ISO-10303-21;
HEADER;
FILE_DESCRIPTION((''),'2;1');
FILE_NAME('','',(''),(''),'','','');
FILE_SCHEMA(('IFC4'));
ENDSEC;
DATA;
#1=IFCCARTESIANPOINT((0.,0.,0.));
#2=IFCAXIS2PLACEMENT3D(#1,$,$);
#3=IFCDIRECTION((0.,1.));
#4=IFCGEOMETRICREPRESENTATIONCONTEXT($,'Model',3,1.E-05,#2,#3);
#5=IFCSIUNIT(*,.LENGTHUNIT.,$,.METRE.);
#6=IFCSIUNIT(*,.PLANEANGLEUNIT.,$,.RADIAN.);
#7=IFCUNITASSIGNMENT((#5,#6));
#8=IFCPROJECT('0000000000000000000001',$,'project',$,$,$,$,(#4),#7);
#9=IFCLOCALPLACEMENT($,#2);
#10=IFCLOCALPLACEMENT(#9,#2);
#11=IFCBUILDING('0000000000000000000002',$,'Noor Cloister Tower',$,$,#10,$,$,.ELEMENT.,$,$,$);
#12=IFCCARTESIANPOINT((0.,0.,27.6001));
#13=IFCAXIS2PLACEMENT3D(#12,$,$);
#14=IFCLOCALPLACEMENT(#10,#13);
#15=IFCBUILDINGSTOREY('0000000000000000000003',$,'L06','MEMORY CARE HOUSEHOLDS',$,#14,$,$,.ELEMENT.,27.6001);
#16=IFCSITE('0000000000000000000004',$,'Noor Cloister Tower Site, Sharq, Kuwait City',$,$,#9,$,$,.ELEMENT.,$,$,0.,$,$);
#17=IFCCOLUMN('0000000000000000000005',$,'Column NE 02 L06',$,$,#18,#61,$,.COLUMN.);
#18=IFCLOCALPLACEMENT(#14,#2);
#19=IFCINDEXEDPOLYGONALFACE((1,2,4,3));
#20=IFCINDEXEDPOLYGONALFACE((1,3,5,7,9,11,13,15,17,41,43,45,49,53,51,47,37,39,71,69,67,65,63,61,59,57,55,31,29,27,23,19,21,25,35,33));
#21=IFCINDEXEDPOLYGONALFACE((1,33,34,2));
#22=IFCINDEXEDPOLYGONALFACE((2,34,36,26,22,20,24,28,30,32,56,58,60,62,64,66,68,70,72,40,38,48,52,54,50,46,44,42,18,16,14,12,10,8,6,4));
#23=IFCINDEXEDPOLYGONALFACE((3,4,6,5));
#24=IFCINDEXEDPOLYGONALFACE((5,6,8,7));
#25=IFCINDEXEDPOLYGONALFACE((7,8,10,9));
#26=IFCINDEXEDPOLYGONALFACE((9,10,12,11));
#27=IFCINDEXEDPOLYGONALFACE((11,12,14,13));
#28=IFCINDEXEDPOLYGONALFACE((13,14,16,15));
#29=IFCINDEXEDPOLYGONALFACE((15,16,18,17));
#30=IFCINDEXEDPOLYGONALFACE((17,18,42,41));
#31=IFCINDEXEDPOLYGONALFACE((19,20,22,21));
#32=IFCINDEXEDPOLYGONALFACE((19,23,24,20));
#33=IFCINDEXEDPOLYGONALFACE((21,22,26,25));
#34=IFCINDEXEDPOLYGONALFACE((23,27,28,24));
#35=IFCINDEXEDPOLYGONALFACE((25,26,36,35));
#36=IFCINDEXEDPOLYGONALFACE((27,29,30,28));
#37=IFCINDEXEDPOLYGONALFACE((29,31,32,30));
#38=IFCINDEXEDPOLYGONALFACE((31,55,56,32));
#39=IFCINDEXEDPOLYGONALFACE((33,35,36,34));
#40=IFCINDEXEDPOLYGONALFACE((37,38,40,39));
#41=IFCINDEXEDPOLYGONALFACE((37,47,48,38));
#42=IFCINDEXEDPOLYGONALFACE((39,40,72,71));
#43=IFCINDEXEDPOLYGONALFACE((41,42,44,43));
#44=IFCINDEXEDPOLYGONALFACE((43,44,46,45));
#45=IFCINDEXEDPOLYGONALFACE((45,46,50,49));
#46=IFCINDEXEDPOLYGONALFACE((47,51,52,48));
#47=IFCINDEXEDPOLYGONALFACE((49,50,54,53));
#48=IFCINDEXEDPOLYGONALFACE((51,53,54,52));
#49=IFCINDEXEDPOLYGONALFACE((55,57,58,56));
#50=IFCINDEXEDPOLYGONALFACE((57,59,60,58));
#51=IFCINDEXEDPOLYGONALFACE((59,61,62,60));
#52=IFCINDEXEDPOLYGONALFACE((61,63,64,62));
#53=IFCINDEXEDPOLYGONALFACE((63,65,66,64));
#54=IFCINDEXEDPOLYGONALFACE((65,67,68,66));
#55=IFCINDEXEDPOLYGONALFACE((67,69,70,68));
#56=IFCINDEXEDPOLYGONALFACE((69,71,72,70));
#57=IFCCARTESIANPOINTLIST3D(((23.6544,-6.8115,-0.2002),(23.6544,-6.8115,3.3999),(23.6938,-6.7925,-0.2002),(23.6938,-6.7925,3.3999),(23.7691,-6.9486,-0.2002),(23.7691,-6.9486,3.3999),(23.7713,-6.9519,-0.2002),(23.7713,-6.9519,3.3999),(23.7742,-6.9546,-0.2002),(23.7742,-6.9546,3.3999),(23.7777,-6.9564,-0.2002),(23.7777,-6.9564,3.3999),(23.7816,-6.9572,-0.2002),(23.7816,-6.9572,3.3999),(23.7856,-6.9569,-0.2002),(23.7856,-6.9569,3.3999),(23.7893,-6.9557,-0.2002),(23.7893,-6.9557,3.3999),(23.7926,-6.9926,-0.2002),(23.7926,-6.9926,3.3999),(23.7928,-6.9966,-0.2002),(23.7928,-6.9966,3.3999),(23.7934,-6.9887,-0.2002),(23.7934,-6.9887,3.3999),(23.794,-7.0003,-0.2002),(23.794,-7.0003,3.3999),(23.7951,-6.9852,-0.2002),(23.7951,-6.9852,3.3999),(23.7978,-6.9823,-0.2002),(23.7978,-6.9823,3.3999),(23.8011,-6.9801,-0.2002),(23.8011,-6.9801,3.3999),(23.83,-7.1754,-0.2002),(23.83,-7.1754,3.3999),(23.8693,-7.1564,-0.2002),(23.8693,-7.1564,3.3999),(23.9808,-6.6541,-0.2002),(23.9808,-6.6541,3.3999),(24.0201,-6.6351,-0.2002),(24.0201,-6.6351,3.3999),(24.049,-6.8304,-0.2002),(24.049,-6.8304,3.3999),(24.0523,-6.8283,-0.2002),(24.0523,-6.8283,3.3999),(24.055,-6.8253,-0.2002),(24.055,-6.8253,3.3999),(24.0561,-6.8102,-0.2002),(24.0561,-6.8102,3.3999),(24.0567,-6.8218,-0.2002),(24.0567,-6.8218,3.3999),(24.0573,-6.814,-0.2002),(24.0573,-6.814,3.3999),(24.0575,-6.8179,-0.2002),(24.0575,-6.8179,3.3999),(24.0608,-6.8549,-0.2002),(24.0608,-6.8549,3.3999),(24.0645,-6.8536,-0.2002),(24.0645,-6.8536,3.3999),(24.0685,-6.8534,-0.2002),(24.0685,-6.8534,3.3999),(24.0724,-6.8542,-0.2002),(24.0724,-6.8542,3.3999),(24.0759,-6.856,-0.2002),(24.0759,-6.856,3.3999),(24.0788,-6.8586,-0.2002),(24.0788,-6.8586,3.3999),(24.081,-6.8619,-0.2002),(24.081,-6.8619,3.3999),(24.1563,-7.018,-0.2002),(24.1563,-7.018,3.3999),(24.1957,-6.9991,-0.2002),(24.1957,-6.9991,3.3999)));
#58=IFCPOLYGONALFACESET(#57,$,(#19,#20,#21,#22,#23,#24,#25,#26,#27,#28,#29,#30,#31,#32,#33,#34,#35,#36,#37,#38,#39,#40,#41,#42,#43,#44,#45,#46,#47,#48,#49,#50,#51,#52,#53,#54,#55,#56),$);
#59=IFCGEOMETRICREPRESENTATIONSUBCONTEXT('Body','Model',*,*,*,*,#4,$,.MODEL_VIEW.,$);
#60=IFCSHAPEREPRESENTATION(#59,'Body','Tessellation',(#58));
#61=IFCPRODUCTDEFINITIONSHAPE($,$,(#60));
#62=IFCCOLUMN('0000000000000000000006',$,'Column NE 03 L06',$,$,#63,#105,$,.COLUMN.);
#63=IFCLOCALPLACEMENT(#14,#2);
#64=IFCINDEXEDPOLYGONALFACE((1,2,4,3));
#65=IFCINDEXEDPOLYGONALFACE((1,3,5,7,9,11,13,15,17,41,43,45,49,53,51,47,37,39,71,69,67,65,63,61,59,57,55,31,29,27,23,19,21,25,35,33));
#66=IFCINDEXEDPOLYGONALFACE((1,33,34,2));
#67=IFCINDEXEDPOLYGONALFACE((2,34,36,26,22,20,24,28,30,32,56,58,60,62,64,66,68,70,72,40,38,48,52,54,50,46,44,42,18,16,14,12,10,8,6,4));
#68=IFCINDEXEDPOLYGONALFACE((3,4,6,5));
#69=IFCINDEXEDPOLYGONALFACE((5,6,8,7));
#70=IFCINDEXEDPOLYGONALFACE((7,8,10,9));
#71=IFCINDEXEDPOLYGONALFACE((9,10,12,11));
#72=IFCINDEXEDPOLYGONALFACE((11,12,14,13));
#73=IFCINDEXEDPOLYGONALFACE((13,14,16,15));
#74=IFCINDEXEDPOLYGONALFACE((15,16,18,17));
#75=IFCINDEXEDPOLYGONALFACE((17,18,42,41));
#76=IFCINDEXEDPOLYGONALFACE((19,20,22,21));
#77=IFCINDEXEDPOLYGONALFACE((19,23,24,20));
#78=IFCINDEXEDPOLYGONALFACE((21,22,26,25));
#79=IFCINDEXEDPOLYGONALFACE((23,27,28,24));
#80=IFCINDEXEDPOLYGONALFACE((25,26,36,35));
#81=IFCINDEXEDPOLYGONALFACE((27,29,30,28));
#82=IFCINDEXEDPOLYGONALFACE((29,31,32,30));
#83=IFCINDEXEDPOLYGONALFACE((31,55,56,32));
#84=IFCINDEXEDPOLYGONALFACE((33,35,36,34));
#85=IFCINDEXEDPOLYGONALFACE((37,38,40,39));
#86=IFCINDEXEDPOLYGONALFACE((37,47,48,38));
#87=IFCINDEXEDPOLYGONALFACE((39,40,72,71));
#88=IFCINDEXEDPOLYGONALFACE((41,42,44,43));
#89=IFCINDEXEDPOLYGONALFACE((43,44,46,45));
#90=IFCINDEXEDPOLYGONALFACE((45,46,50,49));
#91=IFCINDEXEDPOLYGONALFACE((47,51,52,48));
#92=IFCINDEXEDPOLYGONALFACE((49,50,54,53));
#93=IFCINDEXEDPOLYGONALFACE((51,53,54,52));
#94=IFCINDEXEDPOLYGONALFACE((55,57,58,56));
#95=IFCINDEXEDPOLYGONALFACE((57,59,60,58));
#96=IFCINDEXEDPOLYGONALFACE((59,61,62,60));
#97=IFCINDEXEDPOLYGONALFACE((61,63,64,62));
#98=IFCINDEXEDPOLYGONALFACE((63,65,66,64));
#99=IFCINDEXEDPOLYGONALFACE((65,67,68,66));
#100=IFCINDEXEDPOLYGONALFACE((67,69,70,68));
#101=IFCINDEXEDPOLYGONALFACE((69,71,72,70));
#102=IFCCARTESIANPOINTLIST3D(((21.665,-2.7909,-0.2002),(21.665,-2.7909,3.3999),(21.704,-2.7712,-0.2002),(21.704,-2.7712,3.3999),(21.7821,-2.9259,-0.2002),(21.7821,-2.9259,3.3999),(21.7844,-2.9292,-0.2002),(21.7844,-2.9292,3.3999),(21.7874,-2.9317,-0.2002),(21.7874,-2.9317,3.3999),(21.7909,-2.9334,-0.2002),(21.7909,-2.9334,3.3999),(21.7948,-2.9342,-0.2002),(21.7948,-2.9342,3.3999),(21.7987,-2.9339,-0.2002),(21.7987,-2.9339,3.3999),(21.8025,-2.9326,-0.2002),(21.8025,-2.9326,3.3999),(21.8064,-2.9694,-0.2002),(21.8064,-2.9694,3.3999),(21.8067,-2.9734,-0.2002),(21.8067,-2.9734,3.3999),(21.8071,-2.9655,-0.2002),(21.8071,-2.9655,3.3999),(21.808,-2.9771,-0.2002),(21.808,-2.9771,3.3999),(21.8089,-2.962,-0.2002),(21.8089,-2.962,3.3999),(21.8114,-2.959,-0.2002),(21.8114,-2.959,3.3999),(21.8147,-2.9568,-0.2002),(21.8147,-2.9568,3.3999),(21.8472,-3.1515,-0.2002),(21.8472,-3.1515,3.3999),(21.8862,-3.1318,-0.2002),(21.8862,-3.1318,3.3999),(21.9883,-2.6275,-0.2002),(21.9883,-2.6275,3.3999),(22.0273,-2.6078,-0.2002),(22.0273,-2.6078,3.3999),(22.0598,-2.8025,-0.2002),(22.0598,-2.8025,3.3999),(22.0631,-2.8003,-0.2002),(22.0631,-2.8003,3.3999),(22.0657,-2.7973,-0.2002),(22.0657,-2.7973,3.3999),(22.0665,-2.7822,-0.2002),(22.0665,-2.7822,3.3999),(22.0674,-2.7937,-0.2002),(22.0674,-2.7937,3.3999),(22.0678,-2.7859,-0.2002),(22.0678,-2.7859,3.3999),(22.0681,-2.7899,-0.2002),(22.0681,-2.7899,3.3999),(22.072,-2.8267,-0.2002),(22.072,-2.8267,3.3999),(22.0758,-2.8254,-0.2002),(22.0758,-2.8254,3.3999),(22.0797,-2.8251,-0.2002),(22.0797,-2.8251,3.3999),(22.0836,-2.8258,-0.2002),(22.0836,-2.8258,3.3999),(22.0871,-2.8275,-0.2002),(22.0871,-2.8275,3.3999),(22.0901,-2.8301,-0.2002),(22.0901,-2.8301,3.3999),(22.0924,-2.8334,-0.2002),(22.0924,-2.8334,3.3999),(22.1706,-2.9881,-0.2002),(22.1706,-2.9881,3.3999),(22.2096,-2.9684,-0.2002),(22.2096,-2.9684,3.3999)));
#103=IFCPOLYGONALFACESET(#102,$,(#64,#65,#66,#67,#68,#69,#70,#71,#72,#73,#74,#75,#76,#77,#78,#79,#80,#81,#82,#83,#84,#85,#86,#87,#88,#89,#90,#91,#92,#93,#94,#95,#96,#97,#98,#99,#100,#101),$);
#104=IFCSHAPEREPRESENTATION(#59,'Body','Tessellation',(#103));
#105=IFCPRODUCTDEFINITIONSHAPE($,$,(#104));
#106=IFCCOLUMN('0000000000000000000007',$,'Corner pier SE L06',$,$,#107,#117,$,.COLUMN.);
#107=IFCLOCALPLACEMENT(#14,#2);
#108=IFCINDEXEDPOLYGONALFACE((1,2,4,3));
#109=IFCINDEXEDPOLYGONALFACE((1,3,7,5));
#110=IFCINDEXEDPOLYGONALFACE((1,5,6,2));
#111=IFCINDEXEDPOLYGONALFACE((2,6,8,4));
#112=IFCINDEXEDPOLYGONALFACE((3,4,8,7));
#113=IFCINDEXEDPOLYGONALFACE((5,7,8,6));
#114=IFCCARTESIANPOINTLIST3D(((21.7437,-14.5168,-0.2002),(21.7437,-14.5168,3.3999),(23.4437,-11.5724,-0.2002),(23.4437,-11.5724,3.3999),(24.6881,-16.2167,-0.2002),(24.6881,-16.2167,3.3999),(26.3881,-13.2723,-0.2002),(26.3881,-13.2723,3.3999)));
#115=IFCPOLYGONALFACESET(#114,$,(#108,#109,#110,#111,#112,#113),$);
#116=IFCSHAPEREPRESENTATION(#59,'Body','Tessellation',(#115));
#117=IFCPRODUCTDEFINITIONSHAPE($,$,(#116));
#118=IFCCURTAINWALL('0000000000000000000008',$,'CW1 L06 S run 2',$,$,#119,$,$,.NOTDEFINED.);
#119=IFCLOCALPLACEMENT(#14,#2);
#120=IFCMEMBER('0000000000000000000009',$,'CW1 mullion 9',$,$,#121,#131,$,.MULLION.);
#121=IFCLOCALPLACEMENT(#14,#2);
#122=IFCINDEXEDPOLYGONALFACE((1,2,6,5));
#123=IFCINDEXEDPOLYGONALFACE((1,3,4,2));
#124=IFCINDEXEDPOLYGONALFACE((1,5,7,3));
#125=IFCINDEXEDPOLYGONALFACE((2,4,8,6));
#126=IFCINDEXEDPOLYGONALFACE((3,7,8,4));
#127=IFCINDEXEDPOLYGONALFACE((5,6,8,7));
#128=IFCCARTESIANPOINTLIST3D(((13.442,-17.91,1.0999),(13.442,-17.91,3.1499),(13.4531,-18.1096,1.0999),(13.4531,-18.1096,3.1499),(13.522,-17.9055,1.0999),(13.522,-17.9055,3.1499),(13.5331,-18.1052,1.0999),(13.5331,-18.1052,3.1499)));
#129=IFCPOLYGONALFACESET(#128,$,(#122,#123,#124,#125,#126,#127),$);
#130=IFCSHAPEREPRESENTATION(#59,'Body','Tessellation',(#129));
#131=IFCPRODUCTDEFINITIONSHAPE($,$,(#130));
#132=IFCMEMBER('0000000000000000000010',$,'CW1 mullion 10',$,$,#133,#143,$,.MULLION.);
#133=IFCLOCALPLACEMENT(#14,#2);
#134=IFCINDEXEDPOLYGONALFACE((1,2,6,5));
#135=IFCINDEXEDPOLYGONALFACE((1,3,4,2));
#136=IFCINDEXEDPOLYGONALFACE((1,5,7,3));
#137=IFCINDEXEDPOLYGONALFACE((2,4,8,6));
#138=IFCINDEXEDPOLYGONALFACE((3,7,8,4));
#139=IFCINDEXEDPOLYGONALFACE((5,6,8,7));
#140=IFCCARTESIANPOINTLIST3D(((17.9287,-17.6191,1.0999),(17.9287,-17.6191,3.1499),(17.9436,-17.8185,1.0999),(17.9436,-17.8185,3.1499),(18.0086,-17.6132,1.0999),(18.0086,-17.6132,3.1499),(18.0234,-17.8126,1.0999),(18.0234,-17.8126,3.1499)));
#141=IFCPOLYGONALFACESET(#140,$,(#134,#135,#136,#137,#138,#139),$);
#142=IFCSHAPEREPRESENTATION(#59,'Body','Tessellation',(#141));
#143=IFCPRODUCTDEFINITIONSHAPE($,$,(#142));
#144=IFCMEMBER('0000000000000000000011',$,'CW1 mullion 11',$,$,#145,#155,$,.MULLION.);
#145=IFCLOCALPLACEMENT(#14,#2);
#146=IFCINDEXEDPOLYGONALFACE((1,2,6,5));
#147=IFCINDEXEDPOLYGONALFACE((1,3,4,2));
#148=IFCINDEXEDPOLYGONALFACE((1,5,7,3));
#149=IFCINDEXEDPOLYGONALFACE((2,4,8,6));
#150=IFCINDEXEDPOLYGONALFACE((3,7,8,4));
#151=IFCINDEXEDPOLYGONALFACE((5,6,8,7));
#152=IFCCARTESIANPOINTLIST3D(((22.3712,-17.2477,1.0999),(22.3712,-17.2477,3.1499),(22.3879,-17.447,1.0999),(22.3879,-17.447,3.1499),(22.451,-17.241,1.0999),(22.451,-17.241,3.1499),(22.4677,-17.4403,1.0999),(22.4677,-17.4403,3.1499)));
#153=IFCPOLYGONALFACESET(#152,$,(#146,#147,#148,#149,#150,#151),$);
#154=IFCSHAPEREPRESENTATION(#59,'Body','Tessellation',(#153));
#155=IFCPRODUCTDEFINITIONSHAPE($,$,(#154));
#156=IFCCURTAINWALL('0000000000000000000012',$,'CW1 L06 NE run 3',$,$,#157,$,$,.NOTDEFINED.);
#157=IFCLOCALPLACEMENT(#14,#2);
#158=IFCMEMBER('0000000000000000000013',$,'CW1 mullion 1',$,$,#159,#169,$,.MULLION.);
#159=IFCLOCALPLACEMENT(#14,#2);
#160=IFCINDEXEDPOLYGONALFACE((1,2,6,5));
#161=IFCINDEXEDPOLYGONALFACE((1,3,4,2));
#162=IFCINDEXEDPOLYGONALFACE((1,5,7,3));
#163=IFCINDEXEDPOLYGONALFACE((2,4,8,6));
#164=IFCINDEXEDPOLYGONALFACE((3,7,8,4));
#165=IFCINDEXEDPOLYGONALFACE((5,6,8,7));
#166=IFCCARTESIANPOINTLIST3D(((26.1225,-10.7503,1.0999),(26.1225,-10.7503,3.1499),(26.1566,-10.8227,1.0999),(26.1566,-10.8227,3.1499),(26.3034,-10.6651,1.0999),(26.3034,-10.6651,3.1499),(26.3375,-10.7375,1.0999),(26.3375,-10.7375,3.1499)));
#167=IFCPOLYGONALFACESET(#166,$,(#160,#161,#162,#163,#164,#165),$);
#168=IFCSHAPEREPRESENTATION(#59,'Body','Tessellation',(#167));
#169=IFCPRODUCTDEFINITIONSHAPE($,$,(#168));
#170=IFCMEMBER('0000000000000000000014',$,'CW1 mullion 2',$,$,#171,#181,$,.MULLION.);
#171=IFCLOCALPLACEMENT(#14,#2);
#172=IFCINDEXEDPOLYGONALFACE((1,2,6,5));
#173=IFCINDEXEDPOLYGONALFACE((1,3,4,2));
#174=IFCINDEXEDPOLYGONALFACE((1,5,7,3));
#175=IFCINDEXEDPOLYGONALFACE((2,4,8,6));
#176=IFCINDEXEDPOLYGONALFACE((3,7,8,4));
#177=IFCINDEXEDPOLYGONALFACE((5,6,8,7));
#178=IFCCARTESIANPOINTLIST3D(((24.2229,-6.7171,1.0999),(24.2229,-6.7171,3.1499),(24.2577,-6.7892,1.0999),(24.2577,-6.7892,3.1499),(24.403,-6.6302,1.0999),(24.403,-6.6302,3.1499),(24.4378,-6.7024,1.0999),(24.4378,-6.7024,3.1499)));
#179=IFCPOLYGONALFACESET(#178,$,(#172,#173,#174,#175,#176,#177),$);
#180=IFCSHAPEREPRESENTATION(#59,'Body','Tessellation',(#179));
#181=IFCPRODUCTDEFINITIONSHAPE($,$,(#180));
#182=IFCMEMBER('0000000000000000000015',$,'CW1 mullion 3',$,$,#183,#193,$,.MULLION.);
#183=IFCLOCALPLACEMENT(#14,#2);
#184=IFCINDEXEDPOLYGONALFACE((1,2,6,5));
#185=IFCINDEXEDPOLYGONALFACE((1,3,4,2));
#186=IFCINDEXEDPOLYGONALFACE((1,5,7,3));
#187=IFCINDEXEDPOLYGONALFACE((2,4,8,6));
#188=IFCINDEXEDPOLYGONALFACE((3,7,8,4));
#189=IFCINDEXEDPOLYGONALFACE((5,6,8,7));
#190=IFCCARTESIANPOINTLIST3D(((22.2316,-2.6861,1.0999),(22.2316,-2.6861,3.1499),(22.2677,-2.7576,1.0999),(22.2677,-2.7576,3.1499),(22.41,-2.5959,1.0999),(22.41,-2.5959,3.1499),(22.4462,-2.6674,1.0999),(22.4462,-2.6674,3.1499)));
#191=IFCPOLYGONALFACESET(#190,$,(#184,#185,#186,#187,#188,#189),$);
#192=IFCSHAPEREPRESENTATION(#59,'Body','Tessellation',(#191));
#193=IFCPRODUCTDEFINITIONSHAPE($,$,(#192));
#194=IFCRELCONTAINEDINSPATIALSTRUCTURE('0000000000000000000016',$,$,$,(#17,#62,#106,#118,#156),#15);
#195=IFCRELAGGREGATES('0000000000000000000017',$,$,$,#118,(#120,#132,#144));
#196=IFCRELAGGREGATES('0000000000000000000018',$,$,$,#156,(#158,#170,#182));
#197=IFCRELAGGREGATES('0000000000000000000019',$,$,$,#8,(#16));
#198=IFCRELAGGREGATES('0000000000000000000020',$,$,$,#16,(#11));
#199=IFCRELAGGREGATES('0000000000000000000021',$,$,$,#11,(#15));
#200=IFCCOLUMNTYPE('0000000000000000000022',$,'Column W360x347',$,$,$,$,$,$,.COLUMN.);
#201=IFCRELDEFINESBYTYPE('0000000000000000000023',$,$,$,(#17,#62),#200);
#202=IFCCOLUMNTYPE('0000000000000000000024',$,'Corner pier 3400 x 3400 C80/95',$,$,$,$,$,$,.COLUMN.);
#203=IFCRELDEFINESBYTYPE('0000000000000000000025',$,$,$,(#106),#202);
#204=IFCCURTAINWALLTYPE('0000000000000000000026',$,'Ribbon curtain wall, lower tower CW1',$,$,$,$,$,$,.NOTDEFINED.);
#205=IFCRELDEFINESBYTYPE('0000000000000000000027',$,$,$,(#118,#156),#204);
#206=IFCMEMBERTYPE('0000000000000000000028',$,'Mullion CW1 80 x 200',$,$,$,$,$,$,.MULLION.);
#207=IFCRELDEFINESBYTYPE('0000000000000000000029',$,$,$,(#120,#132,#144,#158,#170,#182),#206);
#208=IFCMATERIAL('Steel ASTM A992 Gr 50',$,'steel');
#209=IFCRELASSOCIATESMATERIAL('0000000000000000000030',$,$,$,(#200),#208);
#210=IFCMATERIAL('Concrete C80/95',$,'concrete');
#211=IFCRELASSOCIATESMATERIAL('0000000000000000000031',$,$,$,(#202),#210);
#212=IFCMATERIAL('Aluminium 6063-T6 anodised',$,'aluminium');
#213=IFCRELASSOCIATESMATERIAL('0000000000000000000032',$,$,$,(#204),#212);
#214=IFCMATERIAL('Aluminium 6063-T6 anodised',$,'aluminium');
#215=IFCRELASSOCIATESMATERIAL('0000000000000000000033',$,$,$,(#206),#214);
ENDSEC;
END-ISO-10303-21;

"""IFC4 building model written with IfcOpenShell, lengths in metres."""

from ifc_helpers import new_model, si_unit, direction, frame, origin, origin_2d, place, context, subcontext, project, spatial, rectangle, i_section, extrude, material, material_profile, profile_set, type_object, element, aggregate, save


model = new_model("IFC4")

# Units and contexts
model_context = context("Model", 3, precision=1e-05, world=origin(), true_north=direction((0.0, 1.0)))
body_context = subcontext(model_context, "Body", "Model", "MODEL_VIEW")
ifc_project = project(units=[si_unit("LENGTHUNIT", "METRE"), si_unit("PLANEANGLEUNIT", "RADIAN")], contexts=[model_context])

# Site, building, storey
site_placement = place(None, origin())
site = spatial("IfcSite", under=ifc_project, at=site_placement, Name="Noor Cloister Tower Site, Sharq, Kuwait City", CompositionType="ELEMENT", RefElevation=0.0)
building_placement = place(site_placement, origin())
building = spatial("IfcBuilding", under=site, at=building_placement, Name="Noor Cloister Tower", CompositionType="ELEMENT")
storey_placement = place(building_placement, frame((0.0, 0.0, 27.6001)))
storey = spatial("IfcBuildingStorey", under=building, at=storey_placement, Name="L06", Description="MEMORY CARE HOUSEHOLDS", CompositionType="ELEMENT", Elevation=27.6001)

# Columns
ifc_material_1 = material(Name="Steel ASTM A992 Gr 50", Category="steel")
ifc_material_profile_1 = material_profile(ifc_material_1, i_section(OverallWidth=0.4041, OverallDepth=0.406, WebThickness=0.0271, FlangeThickness=0.0437, FilletRadius=0.0151, at=origin_2d()), Name="W360x347")
ifc_profile_set_1 = profile_set([ifc_material_profile_1], Name="Steel ASTM A992 Gr 50")
column_type_1 = type_object("IfcColumnType", Name="Column W360x347", PredefinedType="COLUMN", material=ifc_profile_set_1)
for number, where, z_axis, x_axis, name in (
    (1, (23.925, -6.9053, -0.2002), (0.0, 0.0, 1.0), (-0.43441, 0.900715, 0.0), "Column NE 02 L06"),
    (2, (21.9373, -2.8796, -0.2002), (0.0, 0.0, 1.0), (-0.451046, 0.892501, 0.0), "Column NE 03 L06"),
):
    element("IfcColumn", number, at=place(storey_placement, frame(where, z_axis=z_axis, x_axis=x_axis)), inside=storey, type_object=column_type_1, Name=name, PredefinedType="COLUMN", context=body_context, shape_type="SweptSolid", body=[
        extrude(i_section(OverallWidth=0.4041, OverallDepth=0.406, WebThickness=0.0271, FlangeThickness=0.0437, FilletRadius=0.0151, at=origin_2d()), origin(), (0.0, 0.0, 1.0), 3.6001),
    ])
ifc_material_2 = material(Name="Concrete C80/95", Category="concrete")
ifc_material_profile_2 = material_profile(ifc_material_2, rectangle(XDim=3.3999, YDim=3.3999, at=origin_2d()), Name="RC 3400x3400")
ifc_profile_set_2 = profile_set([ifc_material_profile_2], Name="Concrete C80/95")
column_type_2 = type_object("IfcColumnType", Name="Corner pier 3400 x 3400 C80/95", PredefinedType="COLUMN", material=ifc_profile_set_2)
column_placement = place(storey_placement, frame((24.0659, -13.8945, -0.2002), z_axis=(0.0, 0.0, 1.0), x_axis=(0.866025, -0.5, 0.0)))
element("IfcColumn", 3, at=column_placement, inside=storey, type_object=column_type_2, Name="Corner pier SE L06", PredefinedType="COLUMN", context=body_context, shape_type="SweptSolid", body=[
    extrude(rectangle(XDim=3.3999, YDim=3.3999, at=origin_2d()), origin(), (0.0, 0.0, 1.0), 3.6001),
])

# Curtain walls, members
ifc_material_3 = material(Name="Aluminium 6063-T6 anodised", Category="aluminium")
curtain_wall_type = type_object("IfcCurtainWallType", Name="Ribbon curtain wall, lower tower CW1", PredefinedType="NOTDEFINED", material=ifc_material_3)
curtain_wall_1_placement = place(storey_placement, origin())
curtain_wall_1 = element("IfcCurtainWall", 4, at=curtain_wall_1_placement, inside=storey, type_object=curtain_wall_type, Name="CW1 L06 S run 2", PredefinedType="NOTDEFINED")
ifc_material_4 = material(Name="Aluminium 6063-T6 anodised", Category="aluminium")
ifc_material_profile_3 = material_profile(ifc_material_4, rectangle(XDim=0.2, YDim=0.0801, at=origin_2d()), Name="200 x 80 mullion")
ifc_profile_set_3 = profile_set([ifc_material_profile_3], Name="Aluminium 6063-T6 anodised")
member_type = type_object("IfcMemberType", Name="Mullion CW1 80 x 200", PredefinedType="MULLION", material=ifc_profile_set_3)
member_1_placement = place(storey_placement, frame((13.4875, -18.0076, 1.0999), z_axis=(0.0, 0.0, 1.0), x_axis=(-0.055633, 0.998451, 0.0)))
member_1 = element("IfcMember", 5, at=member_1_placement, type_object=member_type, Name="CW1 mullion 9", PredefinedType="MULLION", context=body_context, shape_type="SweptSolid", body=[
    extrude(rectangle(XDim=0.2, YDim=0.0801, at=origin_2d()), origin(), (0.0, 0.0, 1.0), 2.05),
])
member_2_placement = place(storey_placement, frame((17.9761, -17.7158, 1.0999), z_axis=(0.0, 0.0, 1.0), x_axis=(-0.074147, 0.997247, 0.0)))
member_2 = element("IfcMember", 6, at=member_2_placement, type_object=member_type, Name="CW1 mullion 10", PredefinedType="MULLION", context=body_context, shape_type="SweptSolid", body=[
    extrude(rectangle(XDim=0.2, YDim=0.0801, at=origin_2d()), origin(), (0.0, 0.0, 1.0), 2.05),
])
member_3_placement = place(storey_placement, frame((22.4194, -17.344, 1.0999), z_axis=(0.0, 0.0, 1.0), x_axis=(-0.083396, 0.996517, 0.0)))
member_3 = element("IfcMember", 7, at=member_3_placement, type_object=member_type, Name="CW1 mullion 11", PredefinedType="MULLION", context=body_context, shape_type="SweptSolid", body=[
    extrude(rectangle(XDim=0.2, YDim=0.0801, at=origin_2d()), origin(), (0.0, 0.0, 1.0), 2.05),
])
curtain_wall_2_placement = place(storey_placement, origin())
curtain_wall_2 = element("IfcCurtainWall", 8, at=curtain_wall_2_placement, inside=storey, type_object=curtain_wall_type, Name="CW1 L06 NE run 3", PredefinedType="NOTDEFINED")
member_4_placement = place(storey_placement, frame((26.23, -10.7439, 1.0999), z_axis=(0.0, 0.0, 1.0), x_axis=(-0.904706, -0.426036, 0.0)))
member_4 = element("IfcMember", 9, at=member_4_placement, type_object=member_type, Name="CW1 mullion 1", PredefinedType="MULLION", context=body_context, shape_type="SweptSolid", body=[
    extrude(rectangle(XDim=0.2, YDim=0.0801, at=origin_2d()), origin(), (0.0, 0.0, 1.0), 2.05),
])
member_5_placement = place(storey_placement, frame((24.3303, -6.7097, 1.0999), z_axis=(0.0, 0.0, 1.0), x_axis=(-0.900715, -0.43441, 0.0)))
member_5 = element("IfcMember", 10, at=member_5_placement, type_object=member_type, Name="CW1 mullion 2", PredefinedType="MULLION", context=body_context, shape_type="SweptSolid", body=[
    extrude(rectangle(XDim=0.2, YDim=0.0801, at=origin_2d()), origin(), (0.0, 0.0, 1.0), 2.05),
])
member_6_placement = place(storey_placement, frame((22.3389, -2.6768, 1.0999), z_axis=(0.0, 0.0, 1.0), x_axis=(-0.892501, -0.451046, 0.0)))
member_6 = element("IfcMember", 11, at=member_6_placement, type_object=member_type, Name="CW1 mullion 3", PredefinedType="MULLION", context=body_context, shape_type="SweptSolid", body=[
    extrude(rectangle(XDim=0.2, YDim=0.0801, at=origin_2d()), origin(), (0.0, 0.0, 1.0), 2.05),
])

aggregate(curtain_wall_1, [member_1, member_2, member_3])
aggregate(curtain_wall_2, [member_4, member_5, member_6])

save(model, "model.ifc")
